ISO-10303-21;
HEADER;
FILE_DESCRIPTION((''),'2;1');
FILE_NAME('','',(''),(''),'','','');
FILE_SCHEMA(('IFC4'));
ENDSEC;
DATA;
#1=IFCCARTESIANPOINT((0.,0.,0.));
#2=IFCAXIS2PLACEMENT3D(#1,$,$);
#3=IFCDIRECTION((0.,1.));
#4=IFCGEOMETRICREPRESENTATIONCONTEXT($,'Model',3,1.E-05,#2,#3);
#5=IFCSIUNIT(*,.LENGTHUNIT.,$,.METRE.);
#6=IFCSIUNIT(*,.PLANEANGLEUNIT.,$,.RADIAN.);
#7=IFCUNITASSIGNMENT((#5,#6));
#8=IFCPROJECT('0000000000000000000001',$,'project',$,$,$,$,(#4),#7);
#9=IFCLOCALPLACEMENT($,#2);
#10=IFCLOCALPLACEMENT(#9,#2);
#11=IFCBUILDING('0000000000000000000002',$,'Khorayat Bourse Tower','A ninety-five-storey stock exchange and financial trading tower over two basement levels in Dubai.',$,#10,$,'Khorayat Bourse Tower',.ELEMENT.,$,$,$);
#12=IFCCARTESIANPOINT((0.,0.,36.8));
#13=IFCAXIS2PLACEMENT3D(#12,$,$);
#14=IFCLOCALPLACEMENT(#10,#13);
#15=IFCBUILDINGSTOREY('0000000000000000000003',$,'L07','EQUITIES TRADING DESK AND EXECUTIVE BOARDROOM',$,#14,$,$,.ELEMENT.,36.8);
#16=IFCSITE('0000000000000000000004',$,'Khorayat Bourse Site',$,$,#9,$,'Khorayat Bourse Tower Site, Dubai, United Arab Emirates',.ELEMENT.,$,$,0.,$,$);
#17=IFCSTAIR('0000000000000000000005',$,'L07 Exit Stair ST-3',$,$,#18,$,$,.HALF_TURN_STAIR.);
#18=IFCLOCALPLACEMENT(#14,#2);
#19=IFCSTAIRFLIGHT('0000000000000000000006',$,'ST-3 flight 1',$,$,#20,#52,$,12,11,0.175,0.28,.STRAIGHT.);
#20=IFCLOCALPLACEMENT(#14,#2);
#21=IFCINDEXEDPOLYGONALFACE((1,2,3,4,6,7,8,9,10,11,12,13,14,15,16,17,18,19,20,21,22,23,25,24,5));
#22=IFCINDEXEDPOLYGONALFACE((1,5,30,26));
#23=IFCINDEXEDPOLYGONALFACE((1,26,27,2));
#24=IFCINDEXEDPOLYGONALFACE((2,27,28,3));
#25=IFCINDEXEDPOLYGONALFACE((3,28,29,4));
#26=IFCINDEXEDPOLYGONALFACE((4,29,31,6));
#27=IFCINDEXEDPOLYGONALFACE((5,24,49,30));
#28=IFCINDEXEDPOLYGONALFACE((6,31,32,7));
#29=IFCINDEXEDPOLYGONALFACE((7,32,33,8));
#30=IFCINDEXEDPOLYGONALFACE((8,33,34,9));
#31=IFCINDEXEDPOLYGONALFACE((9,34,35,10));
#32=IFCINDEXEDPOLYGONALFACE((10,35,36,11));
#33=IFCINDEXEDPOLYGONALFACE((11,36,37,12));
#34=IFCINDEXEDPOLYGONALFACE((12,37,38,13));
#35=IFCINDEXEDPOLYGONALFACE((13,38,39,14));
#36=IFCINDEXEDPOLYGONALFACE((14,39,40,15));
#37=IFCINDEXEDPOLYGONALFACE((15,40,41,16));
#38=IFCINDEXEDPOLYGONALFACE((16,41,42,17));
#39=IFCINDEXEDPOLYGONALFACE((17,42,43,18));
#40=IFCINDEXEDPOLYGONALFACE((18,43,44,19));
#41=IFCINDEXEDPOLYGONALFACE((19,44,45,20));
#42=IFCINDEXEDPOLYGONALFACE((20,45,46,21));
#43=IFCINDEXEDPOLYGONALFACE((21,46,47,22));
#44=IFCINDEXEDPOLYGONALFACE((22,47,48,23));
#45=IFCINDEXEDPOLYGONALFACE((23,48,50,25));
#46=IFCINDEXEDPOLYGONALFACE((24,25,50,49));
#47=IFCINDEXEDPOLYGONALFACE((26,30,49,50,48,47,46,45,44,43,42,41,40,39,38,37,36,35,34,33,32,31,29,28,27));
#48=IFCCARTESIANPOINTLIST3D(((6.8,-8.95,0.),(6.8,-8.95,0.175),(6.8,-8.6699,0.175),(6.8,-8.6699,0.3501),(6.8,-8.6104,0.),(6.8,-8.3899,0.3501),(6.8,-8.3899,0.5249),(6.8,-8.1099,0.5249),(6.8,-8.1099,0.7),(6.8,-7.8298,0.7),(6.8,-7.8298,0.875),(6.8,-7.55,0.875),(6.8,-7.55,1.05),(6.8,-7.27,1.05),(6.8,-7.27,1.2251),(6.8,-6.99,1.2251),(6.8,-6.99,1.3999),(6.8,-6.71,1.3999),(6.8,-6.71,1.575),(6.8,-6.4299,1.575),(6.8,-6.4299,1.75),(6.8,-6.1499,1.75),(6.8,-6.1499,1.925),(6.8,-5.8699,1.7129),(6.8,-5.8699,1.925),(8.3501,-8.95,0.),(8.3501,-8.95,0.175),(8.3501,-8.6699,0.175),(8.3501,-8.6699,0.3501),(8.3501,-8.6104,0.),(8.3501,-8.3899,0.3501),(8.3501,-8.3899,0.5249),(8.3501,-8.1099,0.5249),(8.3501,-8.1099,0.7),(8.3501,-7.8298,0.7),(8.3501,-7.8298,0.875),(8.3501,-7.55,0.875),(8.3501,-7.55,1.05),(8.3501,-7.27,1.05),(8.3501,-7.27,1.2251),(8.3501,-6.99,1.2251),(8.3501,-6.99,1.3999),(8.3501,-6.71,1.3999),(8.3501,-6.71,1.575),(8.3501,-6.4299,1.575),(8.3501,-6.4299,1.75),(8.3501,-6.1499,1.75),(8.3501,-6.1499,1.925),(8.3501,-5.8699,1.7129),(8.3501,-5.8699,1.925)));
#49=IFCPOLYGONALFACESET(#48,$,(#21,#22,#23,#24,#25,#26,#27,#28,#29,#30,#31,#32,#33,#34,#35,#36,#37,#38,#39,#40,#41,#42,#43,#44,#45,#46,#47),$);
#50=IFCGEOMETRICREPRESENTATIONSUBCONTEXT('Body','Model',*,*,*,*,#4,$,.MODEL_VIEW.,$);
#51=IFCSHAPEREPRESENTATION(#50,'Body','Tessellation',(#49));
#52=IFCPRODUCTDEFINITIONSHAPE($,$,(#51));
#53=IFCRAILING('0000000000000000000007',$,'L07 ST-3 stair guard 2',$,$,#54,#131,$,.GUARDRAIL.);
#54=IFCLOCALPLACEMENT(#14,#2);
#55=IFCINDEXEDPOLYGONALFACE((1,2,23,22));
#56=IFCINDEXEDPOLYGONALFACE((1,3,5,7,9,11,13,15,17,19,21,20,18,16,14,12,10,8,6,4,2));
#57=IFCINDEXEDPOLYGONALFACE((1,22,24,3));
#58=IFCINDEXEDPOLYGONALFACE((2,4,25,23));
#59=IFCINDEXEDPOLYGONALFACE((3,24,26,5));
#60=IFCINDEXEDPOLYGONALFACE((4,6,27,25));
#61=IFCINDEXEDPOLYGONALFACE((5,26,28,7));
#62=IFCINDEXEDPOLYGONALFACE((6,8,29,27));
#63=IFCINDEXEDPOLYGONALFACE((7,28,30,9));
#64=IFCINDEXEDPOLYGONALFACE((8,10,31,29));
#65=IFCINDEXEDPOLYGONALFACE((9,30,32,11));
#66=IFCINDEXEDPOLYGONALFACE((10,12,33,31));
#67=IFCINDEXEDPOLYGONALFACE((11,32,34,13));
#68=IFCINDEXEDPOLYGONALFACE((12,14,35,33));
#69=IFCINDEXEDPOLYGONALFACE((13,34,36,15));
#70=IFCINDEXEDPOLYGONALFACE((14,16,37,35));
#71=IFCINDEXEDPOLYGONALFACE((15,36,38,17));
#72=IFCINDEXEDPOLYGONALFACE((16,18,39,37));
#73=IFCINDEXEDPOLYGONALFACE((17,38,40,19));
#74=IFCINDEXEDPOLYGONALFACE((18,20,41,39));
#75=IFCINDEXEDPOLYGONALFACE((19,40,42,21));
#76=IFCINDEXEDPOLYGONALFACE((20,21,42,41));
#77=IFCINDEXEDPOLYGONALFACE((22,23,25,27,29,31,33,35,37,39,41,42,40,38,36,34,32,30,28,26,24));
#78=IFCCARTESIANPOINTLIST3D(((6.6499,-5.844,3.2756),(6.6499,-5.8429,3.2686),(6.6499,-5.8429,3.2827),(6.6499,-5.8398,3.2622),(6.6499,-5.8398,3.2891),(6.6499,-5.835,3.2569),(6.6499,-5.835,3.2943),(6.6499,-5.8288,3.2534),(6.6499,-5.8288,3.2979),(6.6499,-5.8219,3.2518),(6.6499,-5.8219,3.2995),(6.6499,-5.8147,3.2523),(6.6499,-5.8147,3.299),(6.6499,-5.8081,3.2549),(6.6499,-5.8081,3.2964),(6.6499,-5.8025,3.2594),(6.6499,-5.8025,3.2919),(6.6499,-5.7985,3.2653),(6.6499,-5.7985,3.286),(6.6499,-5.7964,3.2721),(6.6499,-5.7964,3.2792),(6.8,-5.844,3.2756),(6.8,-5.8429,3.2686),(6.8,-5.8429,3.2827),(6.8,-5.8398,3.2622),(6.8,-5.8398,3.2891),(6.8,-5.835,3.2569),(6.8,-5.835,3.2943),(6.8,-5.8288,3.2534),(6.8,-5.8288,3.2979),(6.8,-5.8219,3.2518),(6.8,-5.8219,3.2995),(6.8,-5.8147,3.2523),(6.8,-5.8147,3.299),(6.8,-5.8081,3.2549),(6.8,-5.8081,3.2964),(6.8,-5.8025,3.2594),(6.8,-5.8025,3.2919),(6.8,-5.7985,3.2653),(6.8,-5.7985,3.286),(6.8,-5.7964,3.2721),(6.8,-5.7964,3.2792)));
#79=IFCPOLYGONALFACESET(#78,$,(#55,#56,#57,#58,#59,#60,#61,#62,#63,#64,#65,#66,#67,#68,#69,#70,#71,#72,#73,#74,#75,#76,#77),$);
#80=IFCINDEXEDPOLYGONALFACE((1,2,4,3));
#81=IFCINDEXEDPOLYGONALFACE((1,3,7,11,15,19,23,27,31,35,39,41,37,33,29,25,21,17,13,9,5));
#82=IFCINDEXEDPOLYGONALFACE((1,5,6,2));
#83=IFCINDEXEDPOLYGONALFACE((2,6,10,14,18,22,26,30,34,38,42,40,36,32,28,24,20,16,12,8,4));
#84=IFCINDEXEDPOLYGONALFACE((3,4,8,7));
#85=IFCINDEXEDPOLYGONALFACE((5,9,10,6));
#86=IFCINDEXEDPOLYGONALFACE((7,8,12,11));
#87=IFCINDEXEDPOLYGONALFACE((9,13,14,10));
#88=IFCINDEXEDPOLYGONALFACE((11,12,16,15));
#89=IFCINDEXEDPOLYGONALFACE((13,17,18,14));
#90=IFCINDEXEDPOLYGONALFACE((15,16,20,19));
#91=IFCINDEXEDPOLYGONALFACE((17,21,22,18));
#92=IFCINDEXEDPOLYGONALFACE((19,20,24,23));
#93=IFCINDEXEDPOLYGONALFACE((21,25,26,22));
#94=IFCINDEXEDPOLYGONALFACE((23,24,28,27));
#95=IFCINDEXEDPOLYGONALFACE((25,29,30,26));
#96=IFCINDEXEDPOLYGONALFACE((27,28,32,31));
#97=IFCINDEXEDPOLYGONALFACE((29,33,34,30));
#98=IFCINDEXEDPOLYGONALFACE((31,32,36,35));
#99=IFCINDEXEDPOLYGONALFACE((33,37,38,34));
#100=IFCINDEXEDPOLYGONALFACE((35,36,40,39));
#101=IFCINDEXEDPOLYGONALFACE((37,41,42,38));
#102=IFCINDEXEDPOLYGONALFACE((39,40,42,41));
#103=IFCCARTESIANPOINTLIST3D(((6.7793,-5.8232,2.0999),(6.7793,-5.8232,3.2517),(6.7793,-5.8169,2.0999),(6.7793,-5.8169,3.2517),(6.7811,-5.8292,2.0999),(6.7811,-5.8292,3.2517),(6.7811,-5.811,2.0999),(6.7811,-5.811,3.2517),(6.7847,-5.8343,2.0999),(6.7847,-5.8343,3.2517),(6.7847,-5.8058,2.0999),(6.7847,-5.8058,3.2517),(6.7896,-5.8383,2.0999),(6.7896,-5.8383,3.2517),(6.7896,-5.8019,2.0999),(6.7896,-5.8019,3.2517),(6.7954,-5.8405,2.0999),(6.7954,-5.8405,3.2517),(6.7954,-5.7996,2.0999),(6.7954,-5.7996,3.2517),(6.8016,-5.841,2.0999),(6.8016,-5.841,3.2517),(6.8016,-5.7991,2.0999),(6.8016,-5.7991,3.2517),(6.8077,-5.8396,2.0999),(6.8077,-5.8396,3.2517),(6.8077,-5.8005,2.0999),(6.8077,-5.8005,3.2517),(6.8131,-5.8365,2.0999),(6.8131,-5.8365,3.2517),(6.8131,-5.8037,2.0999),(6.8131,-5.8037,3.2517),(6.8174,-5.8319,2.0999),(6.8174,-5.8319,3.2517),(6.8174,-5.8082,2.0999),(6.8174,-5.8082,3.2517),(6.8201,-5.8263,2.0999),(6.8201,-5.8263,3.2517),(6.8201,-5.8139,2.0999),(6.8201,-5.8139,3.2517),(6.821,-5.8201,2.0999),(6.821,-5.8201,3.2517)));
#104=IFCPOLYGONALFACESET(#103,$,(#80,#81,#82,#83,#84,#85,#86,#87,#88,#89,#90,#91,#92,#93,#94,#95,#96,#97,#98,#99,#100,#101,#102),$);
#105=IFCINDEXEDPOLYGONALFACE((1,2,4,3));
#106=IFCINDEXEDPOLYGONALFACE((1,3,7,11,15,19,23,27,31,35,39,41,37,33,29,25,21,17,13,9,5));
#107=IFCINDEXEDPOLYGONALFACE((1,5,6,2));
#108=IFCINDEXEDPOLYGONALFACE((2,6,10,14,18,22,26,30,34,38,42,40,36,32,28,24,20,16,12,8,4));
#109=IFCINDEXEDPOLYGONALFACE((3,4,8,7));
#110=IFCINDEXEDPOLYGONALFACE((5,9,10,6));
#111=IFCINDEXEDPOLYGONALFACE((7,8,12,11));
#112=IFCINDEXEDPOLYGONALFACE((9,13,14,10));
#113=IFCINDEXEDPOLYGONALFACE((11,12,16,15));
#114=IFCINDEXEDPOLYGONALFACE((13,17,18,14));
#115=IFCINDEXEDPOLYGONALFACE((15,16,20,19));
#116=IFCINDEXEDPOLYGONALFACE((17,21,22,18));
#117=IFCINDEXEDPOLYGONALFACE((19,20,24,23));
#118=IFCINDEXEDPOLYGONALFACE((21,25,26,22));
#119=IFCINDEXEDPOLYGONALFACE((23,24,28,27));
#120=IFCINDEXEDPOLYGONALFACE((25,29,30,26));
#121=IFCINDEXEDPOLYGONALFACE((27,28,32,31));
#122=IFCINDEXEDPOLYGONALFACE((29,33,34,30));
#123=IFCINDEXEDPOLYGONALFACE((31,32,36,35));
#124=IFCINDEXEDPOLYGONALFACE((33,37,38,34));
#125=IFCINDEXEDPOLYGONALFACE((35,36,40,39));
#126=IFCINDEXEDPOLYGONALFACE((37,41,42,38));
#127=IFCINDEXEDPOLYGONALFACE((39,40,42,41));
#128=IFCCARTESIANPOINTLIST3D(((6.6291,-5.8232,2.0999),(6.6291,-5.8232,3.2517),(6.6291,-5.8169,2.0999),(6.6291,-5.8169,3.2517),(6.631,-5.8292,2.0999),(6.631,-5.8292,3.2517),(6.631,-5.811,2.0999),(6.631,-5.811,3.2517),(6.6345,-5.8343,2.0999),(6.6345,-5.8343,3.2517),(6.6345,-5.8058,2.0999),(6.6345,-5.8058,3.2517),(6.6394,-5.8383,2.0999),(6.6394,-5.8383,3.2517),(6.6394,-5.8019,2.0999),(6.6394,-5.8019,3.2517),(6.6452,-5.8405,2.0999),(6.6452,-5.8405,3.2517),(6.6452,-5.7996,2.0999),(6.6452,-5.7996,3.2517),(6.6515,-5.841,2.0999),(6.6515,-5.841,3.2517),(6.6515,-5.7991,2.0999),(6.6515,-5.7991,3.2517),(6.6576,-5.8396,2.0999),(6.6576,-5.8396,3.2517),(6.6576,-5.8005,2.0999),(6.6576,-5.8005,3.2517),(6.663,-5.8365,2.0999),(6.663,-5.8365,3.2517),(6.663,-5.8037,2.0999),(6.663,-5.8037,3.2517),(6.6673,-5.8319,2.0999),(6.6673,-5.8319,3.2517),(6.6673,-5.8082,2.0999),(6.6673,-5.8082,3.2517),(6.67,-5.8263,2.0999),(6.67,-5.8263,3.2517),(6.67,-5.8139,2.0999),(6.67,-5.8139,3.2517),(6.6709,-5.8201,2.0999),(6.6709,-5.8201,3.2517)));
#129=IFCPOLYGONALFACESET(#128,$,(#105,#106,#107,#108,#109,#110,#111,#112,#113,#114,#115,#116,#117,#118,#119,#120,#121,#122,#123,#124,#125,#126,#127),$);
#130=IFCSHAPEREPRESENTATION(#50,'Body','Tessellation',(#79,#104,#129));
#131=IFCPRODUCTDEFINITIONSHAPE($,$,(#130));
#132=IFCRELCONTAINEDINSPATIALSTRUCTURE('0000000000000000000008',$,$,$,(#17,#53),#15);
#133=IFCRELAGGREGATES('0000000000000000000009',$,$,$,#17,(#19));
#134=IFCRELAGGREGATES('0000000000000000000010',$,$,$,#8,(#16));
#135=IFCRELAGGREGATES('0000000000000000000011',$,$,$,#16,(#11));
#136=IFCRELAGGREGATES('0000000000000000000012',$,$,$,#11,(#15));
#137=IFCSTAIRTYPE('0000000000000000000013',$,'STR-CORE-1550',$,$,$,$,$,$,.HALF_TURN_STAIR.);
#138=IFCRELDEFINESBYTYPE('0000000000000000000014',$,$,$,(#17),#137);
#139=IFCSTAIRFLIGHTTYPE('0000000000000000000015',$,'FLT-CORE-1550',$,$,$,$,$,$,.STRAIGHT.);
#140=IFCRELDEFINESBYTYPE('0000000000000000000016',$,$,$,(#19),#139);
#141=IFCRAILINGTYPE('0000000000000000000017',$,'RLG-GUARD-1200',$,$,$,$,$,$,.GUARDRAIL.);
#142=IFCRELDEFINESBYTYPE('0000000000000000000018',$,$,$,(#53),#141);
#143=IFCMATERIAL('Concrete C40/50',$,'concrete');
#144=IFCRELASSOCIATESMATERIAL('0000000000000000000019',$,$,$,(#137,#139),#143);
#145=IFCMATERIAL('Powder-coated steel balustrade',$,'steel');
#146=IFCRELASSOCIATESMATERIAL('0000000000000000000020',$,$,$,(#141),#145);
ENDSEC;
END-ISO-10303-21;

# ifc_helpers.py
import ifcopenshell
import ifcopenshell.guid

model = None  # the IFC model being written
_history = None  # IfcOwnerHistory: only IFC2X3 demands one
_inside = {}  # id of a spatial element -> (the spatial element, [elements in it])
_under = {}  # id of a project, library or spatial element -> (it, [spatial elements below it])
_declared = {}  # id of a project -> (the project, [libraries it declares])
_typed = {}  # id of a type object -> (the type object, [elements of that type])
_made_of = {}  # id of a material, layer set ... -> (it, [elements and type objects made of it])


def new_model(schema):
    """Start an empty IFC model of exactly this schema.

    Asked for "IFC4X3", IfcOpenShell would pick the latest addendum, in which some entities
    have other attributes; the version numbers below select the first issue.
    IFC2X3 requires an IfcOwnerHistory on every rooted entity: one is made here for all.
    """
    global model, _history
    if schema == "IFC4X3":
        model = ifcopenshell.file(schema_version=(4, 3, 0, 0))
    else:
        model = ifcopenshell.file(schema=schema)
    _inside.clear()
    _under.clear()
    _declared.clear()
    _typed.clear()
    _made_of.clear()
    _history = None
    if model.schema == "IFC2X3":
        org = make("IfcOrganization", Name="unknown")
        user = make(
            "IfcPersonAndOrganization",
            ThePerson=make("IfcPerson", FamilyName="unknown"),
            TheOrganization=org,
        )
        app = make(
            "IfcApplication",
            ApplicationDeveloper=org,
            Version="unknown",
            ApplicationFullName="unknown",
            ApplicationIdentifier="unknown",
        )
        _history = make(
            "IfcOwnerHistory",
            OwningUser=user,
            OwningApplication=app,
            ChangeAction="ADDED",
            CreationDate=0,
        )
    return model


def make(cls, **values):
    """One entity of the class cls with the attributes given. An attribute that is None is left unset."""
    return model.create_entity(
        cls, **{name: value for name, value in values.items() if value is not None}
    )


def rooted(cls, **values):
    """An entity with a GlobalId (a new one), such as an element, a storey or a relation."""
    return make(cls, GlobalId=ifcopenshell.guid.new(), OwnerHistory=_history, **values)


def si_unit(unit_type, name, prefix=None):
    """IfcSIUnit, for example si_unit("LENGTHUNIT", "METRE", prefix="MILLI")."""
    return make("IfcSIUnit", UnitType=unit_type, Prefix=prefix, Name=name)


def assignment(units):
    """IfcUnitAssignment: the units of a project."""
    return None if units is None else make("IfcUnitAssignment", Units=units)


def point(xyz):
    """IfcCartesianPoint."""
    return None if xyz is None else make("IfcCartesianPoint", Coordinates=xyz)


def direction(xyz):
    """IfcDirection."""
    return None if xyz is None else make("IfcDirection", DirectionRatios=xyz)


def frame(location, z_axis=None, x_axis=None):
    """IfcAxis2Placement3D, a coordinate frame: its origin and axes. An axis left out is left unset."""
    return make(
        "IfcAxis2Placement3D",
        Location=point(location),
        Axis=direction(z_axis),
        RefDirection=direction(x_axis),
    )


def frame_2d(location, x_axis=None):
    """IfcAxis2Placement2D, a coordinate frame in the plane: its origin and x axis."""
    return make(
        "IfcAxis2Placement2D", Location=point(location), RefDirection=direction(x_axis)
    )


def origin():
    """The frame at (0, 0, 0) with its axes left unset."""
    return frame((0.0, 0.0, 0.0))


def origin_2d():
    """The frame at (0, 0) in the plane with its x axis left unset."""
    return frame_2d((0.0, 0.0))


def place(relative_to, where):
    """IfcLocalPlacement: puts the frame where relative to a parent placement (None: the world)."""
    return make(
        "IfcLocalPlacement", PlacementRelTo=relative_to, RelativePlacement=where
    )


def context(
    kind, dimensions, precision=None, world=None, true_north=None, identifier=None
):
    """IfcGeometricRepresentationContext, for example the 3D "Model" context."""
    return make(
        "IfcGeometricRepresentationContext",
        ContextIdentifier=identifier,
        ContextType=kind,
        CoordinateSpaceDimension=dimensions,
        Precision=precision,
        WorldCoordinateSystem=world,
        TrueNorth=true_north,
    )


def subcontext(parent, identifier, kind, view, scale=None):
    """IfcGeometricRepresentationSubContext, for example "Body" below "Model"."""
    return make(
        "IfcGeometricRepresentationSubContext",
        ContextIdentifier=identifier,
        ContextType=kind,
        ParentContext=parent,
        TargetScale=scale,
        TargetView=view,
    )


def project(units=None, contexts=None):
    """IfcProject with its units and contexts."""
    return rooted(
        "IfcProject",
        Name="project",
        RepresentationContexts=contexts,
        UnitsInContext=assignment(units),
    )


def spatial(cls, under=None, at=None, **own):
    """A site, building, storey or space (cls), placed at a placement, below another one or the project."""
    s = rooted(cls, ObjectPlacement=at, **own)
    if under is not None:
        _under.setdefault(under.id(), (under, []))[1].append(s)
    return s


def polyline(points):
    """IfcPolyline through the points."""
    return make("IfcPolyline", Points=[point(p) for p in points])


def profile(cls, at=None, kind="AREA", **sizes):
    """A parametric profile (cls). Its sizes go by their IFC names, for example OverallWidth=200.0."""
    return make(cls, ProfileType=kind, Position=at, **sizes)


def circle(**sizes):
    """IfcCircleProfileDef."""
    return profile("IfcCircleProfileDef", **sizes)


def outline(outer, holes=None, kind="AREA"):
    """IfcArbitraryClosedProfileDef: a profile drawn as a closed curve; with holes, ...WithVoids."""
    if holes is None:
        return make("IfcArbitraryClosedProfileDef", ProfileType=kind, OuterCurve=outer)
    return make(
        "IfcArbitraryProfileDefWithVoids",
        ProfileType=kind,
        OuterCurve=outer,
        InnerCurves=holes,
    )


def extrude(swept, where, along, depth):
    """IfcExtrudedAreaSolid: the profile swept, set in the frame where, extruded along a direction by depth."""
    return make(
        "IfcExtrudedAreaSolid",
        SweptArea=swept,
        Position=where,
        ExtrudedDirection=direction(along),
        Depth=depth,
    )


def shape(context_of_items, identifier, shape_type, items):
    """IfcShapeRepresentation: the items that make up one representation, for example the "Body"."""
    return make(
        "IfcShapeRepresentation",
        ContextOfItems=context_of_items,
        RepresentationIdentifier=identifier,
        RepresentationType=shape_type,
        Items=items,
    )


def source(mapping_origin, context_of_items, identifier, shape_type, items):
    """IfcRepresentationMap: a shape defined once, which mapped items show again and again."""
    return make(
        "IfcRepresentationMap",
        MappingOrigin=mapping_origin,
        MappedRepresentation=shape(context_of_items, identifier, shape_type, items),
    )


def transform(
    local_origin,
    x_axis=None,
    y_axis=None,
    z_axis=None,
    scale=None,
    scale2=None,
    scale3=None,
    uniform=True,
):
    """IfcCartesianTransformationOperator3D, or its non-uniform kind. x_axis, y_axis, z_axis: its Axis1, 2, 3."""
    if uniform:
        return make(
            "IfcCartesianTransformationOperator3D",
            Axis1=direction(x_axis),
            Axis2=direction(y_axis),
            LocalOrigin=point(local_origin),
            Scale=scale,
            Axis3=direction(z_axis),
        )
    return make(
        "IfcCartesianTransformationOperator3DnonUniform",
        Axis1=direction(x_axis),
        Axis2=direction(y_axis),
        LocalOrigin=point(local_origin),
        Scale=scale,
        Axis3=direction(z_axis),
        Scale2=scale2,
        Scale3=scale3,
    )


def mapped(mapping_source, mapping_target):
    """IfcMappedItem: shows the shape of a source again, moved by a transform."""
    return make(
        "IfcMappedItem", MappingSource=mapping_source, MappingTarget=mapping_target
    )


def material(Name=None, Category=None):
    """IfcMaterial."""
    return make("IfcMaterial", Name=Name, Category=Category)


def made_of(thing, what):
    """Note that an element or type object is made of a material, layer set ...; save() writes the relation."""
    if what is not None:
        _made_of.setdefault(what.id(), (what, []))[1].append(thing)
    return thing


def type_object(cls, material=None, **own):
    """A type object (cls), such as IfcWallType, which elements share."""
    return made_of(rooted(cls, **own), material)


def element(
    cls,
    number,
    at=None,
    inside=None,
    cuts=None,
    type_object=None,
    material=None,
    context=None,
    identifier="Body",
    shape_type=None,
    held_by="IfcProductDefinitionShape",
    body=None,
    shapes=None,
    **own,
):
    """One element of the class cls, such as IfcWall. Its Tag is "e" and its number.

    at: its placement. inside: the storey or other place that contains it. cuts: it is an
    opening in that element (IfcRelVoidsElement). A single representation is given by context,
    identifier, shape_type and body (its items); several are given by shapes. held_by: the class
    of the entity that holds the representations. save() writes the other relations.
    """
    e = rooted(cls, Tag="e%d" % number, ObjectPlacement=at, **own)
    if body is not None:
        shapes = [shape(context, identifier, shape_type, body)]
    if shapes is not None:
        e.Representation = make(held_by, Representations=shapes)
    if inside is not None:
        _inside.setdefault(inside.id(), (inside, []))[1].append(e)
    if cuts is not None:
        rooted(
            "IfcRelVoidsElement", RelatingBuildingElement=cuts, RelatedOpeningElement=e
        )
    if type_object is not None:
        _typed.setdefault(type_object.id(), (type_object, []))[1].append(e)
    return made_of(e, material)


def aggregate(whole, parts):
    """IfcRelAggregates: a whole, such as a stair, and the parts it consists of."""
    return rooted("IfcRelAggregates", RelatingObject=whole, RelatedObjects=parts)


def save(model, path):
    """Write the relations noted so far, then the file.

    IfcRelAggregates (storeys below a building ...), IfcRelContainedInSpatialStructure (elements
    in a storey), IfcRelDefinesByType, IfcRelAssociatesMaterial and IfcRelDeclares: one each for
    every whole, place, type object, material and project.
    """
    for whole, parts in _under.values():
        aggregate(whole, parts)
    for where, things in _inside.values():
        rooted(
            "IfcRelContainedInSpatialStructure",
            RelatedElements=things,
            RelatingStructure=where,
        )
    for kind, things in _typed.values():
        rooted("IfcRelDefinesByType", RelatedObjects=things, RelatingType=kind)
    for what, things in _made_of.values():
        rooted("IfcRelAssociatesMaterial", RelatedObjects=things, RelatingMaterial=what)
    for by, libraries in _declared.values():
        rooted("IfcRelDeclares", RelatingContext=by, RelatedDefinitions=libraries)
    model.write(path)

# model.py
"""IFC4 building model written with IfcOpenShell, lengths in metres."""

from ifc_helpers import new_model, si_unit, direction, frame, origin, origin_2d, place, context, subcontext, project, spatial, polyline, circle, outline, extrude, source, transform, mapped, material, type_object, element, aggregate, save


model = new_model("IFC4")

# Units and contexts
model_context = context("Model", 3, precision=1e-05, world=origin(), true_north=direction((0.0, 1.0)))
body_context = subcontext(model_context, "Body", "Model", "MODEL_VIEW")
ifc_project = project(units=[si_unit("LENGTHUNIT", "METRE"), si_unit("PLANEANGLEUNIT", "RADIAN")], contexts=[model_context])

# Site, building, storey
site_placement = place(None, origin())
site = spatial("IfcSite", under=ifc_project, at=site_placement, Name="Khorayat Bourse Site", LongName="Khorayat Bourse Tower Site, Dubai, United Arab Emirates", CompositionType="ELEMENT", RefElevation=0.0)
building_placement = place(site_placement, origin())
building = spatial("IfcBuilding", under=site, at=building_placement, Name="Khorayat Bourse Tower", Description="A ninety-five-storey stock exchange and financial trading tower over two basement levels in Dubai.", LongName="Khorayat Bourse Tower", CompositionType="ELEMENT")
storey_placement = place(building_placement, frame((0.0, 0.0, 36.8)))
storey = spatial("IfcBuildingStorey", under=building, at=storey_placement, Name="L07", Description="EQUITIES TRADING DESK AND EXECUTIVE BOARDROOM", CompositionType="ELEMENT", Elevation=36.8)

# Stair, stair flight
ifc_material_1 = material(Name="Concrete C40/50", Category="concrete")
stair_type = type_object("IfcStairType", Name="STR-CORE-1550", PredefinedType="HALF_TURN_STAIR", material=ifc_material_1)
stair_placement = place(storey_placement, origin())
stair = element("IfcStair", 1, at=stair_placement, inside=storey, type_object=stair_type, Name="L07 Exit Stair ST-3", PredefinedType="HALF_TURN_STAIR")
stair_flight_type = type_object("IfcStairFlightType", Name="FLT-CORE-1550", PredefinedType="STRAIGHT", material=ifc_material_1)
shared_shape_1 = source(origin(), body_context, "Body", "SweptSolid", [
    extrude(outline(polyline([(0.0, 0.0), (0.0, 0.175), (0.28, 0.175), (0.28, 0.3501), (0.5601, 0.3501), (0.5601, 0.5249), (0.8401, 0.5249), (0.8401, 0.7), (1.1201, 0.7), (1.1201, 0.875), (1.3999, 0.875), (1.3999, 1.05), (1.6799, 1.05), (1.6799, 1.2251), (1.96, 1.2251), (1.96, 1.3999), (2.24, 1.3999), (2.24, 1.575), (2.52, 1.575), (2.52, 1.75), (2.8, 1.75), (2.8, 1.925), (3.0801, 1.925), (3.0801, 2.1001), (3.0801, 1.7129), (0.3396, 0.0), (0.0, 0.0)])), frame((0.0, 0.7749, 0.0), z_axis=(0.0, -1.0, 0.0), x_axis=(1.0, 0.0, 0.0)), (0.0, 0.0, 1.0), 1.55),
])
stair_flight_placement = place(storey_placement, frame((7.575, -8.95, 0.0), z_axis=(0.0, 0.0, 1.0), x_axis=(0.0, 1.0, 0.0)))
stair_flight = element("IfcStairFlight", 2, at=stair_flight_placement, type_object=stair_flight_type, Name="ST-3 flight 1", NumberOfRisers=12, NumberOfTreads=11, PredefinedType="STRAIGHT", RiserHeight=0.175, TreadLength=0.28, context=body_context, shape_type="MappedRepresentation", body=[
    mapped(shared_shape_1, transform((0.0, 0.0, 0.0), scale=1.0)),
])
aggregate(stair, [stair_flight])

# Railing
ifc_material_2 = material(Name="Powder-coated steel balustrade", Category="steel")
railing_type_1 = type_object("IfcRailingType", Name="RLG-GUARD-1200", PredefinedType="GUARDRAIL", material=ifc_material_2)
shared_shape_2 = source(origin(), body_context, "Body", "SweptSolid", [
    extrude(circle(Radius=0.0239, at=origin_2d()), frame((0.0, 0.0, 1.1758), z_axis=(-1.0, 0.0, 0.0), x_axis=(0.0, -1.0, 0.0)), (0.0, 0.0, 1.0), 0.1501),
    extrude(circle(Radius=0.021, at=origin_2d()), origin(), (0.0, 0.0, 1.0), 1.1519),
    extrude(circle(Radius=0.021, at=origin_2d()), frame((-0.1501, 0.0, 0.0)), (0.0, 0.0, 1.0), 1.1519),
])
railing_1_placement = place(storey_placement, frame((6.8, -5.8201, 2.0999)))
element("IfcRailing", 3, at=railing_1_placement, inside=storey, type_object=railing_type_1, Name="L07 ST-3 stair guard 2", PredefinedType="GUARDRAIL", context=body_context, shape_type="MappedRepresentation", body=[
    mapped(shared_shape_2, transform((0.0, 0.0, 0.0), scale=1.0)),
])

save(model, "model.ifc")
